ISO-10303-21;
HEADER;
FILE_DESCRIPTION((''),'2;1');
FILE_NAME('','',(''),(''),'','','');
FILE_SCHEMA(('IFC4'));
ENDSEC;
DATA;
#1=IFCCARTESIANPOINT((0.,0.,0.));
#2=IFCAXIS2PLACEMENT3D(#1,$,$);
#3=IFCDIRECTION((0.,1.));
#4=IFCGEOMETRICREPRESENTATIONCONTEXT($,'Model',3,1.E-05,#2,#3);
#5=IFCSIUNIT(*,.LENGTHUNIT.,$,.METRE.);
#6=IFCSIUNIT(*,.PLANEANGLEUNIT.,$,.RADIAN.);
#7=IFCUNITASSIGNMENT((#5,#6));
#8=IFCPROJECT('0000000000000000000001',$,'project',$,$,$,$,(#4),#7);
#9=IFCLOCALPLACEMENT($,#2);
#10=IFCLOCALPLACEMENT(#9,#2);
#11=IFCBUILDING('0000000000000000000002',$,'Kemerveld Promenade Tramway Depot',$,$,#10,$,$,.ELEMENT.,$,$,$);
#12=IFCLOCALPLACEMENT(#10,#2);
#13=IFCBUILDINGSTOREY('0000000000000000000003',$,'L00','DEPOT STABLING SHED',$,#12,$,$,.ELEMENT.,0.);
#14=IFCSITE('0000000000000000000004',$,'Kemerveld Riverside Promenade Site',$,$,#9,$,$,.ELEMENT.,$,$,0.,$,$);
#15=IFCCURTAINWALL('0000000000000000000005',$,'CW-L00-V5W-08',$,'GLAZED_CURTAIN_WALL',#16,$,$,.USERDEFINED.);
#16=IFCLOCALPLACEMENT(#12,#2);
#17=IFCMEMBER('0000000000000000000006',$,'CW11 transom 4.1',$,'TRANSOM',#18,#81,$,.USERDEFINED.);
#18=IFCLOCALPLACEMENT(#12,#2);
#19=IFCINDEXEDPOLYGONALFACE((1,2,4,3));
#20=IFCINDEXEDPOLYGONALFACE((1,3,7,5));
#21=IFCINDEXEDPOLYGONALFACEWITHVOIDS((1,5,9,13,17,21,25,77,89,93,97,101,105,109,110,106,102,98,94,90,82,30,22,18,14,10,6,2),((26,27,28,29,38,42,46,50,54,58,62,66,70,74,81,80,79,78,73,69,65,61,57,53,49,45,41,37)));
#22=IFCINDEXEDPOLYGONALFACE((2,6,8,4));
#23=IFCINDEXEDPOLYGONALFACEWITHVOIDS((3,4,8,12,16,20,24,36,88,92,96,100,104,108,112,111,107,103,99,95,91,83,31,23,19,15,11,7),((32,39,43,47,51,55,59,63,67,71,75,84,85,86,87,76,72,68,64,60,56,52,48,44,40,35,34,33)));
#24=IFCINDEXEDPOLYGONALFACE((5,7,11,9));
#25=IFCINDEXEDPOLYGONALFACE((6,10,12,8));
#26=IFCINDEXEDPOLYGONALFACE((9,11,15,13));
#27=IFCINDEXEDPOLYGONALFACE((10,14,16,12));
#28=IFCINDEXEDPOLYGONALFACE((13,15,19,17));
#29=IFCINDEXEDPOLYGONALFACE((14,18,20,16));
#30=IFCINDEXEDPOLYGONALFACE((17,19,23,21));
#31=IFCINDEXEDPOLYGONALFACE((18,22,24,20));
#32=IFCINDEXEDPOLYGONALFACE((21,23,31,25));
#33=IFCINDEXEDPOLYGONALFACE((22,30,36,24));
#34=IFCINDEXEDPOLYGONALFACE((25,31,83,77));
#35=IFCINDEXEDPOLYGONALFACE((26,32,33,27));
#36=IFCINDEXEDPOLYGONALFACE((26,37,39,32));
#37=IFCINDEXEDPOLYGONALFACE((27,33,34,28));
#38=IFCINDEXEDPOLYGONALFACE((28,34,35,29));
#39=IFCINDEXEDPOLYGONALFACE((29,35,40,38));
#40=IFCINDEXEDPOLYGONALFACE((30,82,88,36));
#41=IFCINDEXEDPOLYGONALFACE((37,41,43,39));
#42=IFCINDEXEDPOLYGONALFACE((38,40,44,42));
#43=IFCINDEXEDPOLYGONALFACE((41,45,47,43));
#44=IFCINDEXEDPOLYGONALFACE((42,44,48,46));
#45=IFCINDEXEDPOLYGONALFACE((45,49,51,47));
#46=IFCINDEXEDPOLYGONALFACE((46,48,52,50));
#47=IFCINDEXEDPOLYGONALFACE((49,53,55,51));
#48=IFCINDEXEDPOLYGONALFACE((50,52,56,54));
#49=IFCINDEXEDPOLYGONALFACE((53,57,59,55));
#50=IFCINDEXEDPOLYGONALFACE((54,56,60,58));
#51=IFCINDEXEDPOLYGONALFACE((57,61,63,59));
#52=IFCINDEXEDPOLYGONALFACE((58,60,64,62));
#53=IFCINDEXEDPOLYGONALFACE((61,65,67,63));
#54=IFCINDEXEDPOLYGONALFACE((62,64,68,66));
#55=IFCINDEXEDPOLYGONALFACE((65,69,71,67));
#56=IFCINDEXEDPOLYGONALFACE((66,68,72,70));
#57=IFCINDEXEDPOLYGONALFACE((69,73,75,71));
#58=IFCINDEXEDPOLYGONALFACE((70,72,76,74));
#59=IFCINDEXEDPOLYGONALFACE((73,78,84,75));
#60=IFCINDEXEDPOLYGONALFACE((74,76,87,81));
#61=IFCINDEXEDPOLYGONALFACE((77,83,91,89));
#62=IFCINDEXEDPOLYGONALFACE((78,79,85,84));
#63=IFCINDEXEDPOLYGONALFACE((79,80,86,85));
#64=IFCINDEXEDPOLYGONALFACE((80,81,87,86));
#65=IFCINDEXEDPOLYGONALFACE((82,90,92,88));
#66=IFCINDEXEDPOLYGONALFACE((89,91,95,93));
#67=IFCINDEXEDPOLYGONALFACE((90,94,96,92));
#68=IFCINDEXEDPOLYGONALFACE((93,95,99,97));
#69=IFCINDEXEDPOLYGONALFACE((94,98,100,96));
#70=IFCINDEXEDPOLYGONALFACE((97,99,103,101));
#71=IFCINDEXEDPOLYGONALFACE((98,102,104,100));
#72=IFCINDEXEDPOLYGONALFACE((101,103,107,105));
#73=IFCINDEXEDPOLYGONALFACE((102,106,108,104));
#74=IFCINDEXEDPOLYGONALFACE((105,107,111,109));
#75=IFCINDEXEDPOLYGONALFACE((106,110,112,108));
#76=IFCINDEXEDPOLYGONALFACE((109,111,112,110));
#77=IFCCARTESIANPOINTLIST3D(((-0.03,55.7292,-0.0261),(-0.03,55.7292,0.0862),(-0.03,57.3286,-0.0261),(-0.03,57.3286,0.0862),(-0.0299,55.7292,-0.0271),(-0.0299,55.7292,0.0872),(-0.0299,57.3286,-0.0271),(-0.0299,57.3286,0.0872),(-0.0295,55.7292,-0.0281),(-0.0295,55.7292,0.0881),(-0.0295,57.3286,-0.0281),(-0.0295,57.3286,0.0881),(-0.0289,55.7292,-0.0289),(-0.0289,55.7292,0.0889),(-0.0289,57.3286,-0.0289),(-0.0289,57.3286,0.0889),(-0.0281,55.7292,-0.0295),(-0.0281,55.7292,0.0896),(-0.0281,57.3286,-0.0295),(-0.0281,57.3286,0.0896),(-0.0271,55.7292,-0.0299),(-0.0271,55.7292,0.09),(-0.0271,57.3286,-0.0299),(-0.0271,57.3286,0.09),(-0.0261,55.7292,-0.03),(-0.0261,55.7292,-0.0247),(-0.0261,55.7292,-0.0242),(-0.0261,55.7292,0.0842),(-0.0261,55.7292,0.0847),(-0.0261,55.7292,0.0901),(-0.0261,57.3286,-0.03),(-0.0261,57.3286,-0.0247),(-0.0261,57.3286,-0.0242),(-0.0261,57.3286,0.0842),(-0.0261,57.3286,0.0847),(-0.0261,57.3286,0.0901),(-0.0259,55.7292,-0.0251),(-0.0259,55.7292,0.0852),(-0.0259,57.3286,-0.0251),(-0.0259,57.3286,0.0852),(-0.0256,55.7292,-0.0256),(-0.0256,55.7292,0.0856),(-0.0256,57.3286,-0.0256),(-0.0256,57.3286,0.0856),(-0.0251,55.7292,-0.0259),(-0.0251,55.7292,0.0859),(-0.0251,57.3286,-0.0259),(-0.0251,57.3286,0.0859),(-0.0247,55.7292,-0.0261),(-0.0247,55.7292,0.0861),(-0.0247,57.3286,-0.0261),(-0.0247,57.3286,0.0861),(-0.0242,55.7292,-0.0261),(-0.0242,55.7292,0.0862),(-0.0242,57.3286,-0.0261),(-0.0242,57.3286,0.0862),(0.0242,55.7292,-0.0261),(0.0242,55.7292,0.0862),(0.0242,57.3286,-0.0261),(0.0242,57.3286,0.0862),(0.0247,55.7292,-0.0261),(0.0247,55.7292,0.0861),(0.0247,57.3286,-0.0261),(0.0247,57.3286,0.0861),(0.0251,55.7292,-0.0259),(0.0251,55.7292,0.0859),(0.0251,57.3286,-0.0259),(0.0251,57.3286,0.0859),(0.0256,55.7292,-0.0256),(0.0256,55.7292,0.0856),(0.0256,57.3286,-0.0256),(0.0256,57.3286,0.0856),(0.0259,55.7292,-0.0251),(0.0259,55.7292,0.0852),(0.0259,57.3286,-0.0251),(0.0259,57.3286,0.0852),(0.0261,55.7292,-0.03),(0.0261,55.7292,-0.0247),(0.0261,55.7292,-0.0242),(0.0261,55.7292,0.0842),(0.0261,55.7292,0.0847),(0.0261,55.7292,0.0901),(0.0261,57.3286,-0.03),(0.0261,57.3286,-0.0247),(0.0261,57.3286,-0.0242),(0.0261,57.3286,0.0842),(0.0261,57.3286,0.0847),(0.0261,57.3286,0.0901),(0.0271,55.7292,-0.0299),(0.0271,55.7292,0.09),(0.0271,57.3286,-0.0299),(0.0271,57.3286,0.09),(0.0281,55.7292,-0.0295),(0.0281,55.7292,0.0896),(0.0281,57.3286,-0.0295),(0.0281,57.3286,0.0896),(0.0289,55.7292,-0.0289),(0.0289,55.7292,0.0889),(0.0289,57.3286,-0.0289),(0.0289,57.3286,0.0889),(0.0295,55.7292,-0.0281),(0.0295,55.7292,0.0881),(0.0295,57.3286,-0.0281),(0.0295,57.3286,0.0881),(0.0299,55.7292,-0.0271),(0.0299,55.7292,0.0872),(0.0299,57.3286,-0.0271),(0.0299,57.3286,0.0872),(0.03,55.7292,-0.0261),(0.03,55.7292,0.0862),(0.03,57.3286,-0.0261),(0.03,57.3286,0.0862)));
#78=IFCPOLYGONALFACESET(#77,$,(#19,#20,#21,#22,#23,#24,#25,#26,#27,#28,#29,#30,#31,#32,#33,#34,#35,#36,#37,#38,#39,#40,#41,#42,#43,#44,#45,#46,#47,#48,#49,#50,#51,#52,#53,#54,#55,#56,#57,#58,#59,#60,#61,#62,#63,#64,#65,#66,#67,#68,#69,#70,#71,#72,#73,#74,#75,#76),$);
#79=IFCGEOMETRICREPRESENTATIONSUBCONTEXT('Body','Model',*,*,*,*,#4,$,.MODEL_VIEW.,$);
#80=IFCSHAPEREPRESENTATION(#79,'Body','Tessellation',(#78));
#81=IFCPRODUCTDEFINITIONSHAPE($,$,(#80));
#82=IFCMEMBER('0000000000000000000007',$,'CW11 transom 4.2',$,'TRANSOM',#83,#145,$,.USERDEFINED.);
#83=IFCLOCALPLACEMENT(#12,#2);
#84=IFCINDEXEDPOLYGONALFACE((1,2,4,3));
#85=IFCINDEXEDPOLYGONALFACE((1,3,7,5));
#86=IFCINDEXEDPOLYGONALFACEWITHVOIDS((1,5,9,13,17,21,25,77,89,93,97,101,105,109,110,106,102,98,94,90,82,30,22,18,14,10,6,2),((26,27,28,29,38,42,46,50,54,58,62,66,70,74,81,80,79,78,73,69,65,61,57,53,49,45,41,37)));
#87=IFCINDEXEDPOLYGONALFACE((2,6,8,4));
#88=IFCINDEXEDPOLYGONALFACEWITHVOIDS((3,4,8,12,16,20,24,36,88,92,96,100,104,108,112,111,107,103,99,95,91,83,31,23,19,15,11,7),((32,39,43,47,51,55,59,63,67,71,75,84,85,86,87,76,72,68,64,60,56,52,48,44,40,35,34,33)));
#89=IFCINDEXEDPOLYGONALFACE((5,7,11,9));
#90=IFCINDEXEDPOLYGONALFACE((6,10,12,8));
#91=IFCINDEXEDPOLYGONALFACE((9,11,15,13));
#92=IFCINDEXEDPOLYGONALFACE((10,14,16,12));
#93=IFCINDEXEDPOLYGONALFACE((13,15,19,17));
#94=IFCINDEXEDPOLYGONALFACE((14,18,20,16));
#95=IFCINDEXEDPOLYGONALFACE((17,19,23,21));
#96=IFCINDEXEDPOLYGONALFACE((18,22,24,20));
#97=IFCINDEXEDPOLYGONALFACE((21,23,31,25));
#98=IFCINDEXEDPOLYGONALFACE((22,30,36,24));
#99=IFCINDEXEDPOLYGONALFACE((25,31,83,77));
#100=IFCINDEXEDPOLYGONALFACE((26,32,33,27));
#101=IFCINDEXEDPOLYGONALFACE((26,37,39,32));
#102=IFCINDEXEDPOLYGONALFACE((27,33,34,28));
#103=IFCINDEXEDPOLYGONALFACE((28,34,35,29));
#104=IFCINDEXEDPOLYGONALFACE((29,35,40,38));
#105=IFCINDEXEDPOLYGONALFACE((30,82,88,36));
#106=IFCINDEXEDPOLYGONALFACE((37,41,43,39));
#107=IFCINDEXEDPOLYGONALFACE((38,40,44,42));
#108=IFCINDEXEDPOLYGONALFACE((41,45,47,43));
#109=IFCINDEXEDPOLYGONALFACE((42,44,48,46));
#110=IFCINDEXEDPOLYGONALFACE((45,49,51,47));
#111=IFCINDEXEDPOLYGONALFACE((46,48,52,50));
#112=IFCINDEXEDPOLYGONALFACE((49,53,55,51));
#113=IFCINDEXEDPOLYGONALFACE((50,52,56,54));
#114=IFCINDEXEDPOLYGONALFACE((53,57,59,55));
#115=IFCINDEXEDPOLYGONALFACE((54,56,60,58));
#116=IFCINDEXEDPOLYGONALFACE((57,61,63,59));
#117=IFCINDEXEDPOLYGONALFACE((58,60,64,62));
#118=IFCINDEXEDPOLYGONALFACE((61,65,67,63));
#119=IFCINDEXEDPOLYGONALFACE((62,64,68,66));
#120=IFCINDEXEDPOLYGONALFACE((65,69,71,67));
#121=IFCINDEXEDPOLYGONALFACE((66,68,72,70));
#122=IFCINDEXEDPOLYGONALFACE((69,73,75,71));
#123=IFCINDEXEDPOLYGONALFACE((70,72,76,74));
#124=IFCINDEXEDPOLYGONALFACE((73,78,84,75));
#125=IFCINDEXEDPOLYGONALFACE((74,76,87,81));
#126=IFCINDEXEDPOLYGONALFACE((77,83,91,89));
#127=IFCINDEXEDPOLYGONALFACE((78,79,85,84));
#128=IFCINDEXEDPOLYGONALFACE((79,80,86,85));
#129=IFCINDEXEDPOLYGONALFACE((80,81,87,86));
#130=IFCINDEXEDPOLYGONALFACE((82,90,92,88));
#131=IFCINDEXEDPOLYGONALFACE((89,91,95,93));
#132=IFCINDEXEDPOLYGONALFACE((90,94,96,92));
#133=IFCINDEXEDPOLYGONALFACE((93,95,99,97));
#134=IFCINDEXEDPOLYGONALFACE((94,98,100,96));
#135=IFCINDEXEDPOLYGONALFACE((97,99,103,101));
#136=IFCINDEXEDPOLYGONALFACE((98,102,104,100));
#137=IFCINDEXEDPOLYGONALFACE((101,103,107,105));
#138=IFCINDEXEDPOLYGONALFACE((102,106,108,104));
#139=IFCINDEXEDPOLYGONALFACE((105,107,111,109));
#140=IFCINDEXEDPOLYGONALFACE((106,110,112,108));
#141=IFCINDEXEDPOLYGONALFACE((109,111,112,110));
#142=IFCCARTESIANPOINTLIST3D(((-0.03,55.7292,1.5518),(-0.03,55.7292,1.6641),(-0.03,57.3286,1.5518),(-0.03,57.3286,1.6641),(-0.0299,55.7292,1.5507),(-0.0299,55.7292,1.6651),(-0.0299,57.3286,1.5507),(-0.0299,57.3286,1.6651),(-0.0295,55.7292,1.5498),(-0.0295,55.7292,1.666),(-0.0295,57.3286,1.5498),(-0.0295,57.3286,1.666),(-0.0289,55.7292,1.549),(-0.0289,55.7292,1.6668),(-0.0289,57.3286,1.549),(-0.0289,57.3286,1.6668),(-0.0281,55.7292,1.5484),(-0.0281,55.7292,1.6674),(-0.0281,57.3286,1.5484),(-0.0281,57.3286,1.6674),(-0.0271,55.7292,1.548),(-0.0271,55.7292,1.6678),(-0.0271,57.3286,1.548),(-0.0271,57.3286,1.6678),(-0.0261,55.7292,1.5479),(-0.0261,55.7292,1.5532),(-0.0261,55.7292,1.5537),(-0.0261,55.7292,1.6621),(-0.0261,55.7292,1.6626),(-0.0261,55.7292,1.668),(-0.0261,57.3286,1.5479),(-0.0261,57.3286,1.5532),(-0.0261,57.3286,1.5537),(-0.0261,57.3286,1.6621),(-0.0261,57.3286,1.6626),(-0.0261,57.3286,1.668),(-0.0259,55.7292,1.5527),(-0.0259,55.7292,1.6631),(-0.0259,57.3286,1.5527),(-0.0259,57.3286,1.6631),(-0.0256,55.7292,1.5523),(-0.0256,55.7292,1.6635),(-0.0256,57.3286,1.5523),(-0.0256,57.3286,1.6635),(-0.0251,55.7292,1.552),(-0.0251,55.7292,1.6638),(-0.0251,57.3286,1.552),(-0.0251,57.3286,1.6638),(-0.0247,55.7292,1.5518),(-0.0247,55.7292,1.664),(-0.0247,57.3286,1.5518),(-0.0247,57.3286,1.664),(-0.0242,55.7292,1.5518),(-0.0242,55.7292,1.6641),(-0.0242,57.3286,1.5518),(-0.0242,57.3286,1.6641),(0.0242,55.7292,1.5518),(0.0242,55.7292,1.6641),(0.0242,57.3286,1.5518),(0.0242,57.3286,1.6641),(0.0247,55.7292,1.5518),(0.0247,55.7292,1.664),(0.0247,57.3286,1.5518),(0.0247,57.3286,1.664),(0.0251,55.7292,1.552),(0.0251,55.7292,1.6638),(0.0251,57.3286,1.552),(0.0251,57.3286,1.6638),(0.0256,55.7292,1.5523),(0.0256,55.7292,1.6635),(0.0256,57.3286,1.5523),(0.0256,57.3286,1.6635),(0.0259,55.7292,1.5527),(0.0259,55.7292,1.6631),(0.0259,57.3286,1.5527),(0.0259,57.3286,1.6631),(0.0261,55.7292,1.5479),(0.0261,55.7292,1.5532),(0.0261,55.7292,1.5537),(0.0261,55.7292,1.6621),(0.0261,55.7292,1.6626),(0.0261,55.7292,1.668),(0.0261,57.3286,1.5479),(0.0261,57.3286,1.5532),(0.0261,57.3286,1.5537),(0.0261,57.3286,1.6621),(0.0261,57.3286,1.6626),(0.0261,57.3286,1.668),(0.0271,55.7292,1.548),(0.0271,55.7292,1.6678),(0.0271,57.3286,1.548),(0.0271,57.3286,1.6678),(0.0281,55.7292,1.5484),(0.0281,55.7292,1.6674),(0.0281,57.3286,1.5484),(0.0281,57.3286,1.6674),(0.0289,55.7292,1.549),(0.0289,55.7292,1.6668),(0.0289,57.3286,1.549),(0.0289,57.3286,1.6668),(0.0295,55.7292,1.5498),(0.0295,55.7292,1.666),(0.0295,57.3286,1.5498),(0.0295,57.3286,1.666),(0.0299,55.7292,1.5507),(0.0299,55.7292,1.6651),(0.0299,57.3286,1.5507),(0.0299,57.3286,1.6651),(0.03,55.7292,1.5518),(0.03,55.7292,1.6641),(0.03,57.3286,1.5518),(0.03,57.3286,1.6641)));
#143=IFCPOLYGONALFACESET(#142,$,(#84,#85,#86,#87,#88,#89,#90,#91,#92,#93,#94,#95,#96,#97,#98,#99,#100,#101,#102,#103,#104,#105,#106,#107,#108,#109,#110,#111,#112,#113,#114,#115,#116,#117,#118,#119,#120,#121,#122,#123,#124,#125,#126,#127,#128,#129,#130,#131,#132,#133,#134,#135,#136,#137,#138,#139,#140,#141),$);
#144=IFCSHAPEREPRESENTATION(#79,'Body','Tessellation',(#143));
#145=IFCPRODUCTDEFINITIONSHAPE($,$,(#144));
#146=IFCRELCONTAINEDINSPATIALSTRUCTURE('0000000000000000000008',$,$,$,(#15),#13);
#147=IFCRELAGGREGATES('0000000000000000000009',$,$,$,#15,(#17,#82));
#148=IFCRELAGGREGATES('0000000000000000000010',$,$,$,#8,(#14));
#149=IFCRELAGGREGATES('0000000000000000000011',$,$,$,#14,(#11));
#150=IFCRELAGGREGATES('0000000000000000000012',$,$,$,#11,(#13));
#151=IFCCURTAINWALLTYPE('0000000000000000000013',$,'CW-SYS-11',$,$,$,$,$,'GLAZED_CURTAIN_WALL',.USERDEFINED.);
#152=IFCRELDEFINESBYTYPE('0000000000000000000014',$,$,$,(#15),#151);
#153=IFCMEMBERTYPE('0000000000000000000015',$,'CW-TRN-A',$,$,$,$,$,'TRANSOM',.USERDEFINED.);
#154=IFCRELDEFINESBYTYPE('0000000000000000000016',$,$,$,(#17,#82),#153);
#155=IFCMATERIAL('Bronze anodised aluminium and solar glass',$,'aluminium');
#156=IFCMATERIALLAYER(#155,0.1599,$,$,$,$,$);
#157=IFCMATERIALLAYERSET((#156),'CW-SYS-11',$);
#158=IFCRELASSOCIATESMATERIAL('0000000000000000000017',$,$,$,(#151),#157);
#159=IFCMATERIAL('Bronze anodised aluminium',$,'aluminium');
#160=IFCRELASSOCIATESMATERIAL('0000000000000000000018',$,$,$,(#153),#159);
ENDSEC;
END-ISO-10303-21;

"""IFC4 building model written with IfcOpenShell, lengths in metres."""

from ifc_helpers import new_model, si_unit, direction, frame, origin, origin_2d, place, context, subcontext, project, spatial, hollow_rectangle, extrude, material, layer, layer_set, material_profile, profile_set, type_object, element, aggregate, save


model = new_model("IFC4")

# Units and contexts
model_context = context("Model", 3, precision=1e-05, world=origin(), true_north=direction((0.0, 1.0)))
body_context = subcontext(model_context, "Body", "Model", "MODEL_VIEW")
ifc_project = project(units=[si_unit("LENGTHUNIT", "METRE"), si_unit("PLANEANGLEUNIT", "RADIAN")], contexts=[model_context])

# Site, building, storey
site_placement = place(None, origin())
site = spatial("IfcSite", under=ifc_project, at=site_placement, Name="Kemerveld Riverside Promenade Site", CompositionType="ELEMENT", RefElevation=0.0)
building_placement = place(site_placement, origin())
building = spatial("IfcBuilding", under=site, at=building_placement, Name="Kemerveld Promenade Tramway Depot", CompositionType="ELEMENT")
storey_placement = place(building_placement, origin())
storey = spatial("IfcBuildingStorey", under=building, at=storey_placement, Name="L00", Description="DEPOT STABLING SHED", CompositionType="ELEMENT", Elevation=0.0)

# Curtain wall, members
ifc_material_1 = material(Name="Bronze anodised aluminium and solar glass", Category="aluminium")
ifc_layer_1 = layer(ifc_material_1, 0.1599)
ifc_layer_set_1 = layer_set([ifc_layer_1], Name="CW-SYS-11")
curtain_wall_type = type_object("IfcCurtainWallType", Name="CW-SYS-11", ElementType="GLAZED_CURTAIN_WALL", PredefinedType="USERDEFINED", material=ifc_layer_set_1)
curtain_wall_placement = place(storey_placement, origin())
curtain_wall = element("IfcCurtainWall", 1, at=curtain_wall_placement, inside=storey, type_object=curtain_wall_type, Name="CW-L00-V5W-08", ObjectType="GLAZED_CURTAIN_WALL", PredefinedType="USERDEFINED")
ifc_material_2 = material(Name="Bronze anodised aluminium", Category="aluminium")
ifc_material_profile_1 = material_profile(ifc_material_2, hollow_rectangle(XDim=0.0601, YDim=0.1201, WallThickness=0.0039, InnerFilletRadius=0.002, OuterFilletRadius=0.0039, at=origin_2d()), Name="CW-TRN-120x60")
ifc_profile_set_1 = profile_set([ifc_material_profile_1], Name="Bronze anodised aluminium")
member_type_1 = type_object("IfcMemberType", Name="CW-TRN-A", ElementType="TRANSOM", PredefinedType="USERDEFINED", material=ifc_profile_set_1)
member_1_placement = place(storey_placement, frame((0.0, 55.7292, 0.03), z_axis=(0.0, 1.0, 0.0), x_axis=(-1.0, 0.0, 0.0)))
member_1 = element("IfcMember", 2, at=member_1_placement, type_object=member_type_1, Name="CW11 transom 4.1", ObjectType="TRANSOM", PredefinedType="USERDEFINED", context=body_context, shape_type="SweptSolid", body=[
    extrude(hollow_rectangle(XDim=0.0601, YDim=0.1201, WallThickness=0.0039, InnerFilletRadius=0.002, OuterFilletRadius=0.0039, at=origin_2d()), origin(), (0.0, 0.0, 1.0), 1.5994),
])
member_2_placement = place(storey_placement, frame((0.0, 55.7292, 1.6079), z_axis=(0.0, 1.0, 0.0), x_axis=(-1.0, 0.0, 0.0)))
member_2 = element("IfcMember", 3, at=member_2_placement, type_object=member_type_1, Name="CW11 transom 4.2", ObjectType="TRANSOM", PredefinedType="USERDEFINED", context=body_context, shape_type="SweptSolid", body=[
    extrude(hollow_rectangle(XDim=0.0601, YDim=0.1201, WallThickness=0.0039, InnerFilletRadius=0.002, OuterFilletRadius=0.0039, at=origin_2d()), origin(), (0.0, 0.0, 1.0), 1.5994),
])
aggregate(curtain_wall, [member_1, member_2])

save(model, "model.ifc")
